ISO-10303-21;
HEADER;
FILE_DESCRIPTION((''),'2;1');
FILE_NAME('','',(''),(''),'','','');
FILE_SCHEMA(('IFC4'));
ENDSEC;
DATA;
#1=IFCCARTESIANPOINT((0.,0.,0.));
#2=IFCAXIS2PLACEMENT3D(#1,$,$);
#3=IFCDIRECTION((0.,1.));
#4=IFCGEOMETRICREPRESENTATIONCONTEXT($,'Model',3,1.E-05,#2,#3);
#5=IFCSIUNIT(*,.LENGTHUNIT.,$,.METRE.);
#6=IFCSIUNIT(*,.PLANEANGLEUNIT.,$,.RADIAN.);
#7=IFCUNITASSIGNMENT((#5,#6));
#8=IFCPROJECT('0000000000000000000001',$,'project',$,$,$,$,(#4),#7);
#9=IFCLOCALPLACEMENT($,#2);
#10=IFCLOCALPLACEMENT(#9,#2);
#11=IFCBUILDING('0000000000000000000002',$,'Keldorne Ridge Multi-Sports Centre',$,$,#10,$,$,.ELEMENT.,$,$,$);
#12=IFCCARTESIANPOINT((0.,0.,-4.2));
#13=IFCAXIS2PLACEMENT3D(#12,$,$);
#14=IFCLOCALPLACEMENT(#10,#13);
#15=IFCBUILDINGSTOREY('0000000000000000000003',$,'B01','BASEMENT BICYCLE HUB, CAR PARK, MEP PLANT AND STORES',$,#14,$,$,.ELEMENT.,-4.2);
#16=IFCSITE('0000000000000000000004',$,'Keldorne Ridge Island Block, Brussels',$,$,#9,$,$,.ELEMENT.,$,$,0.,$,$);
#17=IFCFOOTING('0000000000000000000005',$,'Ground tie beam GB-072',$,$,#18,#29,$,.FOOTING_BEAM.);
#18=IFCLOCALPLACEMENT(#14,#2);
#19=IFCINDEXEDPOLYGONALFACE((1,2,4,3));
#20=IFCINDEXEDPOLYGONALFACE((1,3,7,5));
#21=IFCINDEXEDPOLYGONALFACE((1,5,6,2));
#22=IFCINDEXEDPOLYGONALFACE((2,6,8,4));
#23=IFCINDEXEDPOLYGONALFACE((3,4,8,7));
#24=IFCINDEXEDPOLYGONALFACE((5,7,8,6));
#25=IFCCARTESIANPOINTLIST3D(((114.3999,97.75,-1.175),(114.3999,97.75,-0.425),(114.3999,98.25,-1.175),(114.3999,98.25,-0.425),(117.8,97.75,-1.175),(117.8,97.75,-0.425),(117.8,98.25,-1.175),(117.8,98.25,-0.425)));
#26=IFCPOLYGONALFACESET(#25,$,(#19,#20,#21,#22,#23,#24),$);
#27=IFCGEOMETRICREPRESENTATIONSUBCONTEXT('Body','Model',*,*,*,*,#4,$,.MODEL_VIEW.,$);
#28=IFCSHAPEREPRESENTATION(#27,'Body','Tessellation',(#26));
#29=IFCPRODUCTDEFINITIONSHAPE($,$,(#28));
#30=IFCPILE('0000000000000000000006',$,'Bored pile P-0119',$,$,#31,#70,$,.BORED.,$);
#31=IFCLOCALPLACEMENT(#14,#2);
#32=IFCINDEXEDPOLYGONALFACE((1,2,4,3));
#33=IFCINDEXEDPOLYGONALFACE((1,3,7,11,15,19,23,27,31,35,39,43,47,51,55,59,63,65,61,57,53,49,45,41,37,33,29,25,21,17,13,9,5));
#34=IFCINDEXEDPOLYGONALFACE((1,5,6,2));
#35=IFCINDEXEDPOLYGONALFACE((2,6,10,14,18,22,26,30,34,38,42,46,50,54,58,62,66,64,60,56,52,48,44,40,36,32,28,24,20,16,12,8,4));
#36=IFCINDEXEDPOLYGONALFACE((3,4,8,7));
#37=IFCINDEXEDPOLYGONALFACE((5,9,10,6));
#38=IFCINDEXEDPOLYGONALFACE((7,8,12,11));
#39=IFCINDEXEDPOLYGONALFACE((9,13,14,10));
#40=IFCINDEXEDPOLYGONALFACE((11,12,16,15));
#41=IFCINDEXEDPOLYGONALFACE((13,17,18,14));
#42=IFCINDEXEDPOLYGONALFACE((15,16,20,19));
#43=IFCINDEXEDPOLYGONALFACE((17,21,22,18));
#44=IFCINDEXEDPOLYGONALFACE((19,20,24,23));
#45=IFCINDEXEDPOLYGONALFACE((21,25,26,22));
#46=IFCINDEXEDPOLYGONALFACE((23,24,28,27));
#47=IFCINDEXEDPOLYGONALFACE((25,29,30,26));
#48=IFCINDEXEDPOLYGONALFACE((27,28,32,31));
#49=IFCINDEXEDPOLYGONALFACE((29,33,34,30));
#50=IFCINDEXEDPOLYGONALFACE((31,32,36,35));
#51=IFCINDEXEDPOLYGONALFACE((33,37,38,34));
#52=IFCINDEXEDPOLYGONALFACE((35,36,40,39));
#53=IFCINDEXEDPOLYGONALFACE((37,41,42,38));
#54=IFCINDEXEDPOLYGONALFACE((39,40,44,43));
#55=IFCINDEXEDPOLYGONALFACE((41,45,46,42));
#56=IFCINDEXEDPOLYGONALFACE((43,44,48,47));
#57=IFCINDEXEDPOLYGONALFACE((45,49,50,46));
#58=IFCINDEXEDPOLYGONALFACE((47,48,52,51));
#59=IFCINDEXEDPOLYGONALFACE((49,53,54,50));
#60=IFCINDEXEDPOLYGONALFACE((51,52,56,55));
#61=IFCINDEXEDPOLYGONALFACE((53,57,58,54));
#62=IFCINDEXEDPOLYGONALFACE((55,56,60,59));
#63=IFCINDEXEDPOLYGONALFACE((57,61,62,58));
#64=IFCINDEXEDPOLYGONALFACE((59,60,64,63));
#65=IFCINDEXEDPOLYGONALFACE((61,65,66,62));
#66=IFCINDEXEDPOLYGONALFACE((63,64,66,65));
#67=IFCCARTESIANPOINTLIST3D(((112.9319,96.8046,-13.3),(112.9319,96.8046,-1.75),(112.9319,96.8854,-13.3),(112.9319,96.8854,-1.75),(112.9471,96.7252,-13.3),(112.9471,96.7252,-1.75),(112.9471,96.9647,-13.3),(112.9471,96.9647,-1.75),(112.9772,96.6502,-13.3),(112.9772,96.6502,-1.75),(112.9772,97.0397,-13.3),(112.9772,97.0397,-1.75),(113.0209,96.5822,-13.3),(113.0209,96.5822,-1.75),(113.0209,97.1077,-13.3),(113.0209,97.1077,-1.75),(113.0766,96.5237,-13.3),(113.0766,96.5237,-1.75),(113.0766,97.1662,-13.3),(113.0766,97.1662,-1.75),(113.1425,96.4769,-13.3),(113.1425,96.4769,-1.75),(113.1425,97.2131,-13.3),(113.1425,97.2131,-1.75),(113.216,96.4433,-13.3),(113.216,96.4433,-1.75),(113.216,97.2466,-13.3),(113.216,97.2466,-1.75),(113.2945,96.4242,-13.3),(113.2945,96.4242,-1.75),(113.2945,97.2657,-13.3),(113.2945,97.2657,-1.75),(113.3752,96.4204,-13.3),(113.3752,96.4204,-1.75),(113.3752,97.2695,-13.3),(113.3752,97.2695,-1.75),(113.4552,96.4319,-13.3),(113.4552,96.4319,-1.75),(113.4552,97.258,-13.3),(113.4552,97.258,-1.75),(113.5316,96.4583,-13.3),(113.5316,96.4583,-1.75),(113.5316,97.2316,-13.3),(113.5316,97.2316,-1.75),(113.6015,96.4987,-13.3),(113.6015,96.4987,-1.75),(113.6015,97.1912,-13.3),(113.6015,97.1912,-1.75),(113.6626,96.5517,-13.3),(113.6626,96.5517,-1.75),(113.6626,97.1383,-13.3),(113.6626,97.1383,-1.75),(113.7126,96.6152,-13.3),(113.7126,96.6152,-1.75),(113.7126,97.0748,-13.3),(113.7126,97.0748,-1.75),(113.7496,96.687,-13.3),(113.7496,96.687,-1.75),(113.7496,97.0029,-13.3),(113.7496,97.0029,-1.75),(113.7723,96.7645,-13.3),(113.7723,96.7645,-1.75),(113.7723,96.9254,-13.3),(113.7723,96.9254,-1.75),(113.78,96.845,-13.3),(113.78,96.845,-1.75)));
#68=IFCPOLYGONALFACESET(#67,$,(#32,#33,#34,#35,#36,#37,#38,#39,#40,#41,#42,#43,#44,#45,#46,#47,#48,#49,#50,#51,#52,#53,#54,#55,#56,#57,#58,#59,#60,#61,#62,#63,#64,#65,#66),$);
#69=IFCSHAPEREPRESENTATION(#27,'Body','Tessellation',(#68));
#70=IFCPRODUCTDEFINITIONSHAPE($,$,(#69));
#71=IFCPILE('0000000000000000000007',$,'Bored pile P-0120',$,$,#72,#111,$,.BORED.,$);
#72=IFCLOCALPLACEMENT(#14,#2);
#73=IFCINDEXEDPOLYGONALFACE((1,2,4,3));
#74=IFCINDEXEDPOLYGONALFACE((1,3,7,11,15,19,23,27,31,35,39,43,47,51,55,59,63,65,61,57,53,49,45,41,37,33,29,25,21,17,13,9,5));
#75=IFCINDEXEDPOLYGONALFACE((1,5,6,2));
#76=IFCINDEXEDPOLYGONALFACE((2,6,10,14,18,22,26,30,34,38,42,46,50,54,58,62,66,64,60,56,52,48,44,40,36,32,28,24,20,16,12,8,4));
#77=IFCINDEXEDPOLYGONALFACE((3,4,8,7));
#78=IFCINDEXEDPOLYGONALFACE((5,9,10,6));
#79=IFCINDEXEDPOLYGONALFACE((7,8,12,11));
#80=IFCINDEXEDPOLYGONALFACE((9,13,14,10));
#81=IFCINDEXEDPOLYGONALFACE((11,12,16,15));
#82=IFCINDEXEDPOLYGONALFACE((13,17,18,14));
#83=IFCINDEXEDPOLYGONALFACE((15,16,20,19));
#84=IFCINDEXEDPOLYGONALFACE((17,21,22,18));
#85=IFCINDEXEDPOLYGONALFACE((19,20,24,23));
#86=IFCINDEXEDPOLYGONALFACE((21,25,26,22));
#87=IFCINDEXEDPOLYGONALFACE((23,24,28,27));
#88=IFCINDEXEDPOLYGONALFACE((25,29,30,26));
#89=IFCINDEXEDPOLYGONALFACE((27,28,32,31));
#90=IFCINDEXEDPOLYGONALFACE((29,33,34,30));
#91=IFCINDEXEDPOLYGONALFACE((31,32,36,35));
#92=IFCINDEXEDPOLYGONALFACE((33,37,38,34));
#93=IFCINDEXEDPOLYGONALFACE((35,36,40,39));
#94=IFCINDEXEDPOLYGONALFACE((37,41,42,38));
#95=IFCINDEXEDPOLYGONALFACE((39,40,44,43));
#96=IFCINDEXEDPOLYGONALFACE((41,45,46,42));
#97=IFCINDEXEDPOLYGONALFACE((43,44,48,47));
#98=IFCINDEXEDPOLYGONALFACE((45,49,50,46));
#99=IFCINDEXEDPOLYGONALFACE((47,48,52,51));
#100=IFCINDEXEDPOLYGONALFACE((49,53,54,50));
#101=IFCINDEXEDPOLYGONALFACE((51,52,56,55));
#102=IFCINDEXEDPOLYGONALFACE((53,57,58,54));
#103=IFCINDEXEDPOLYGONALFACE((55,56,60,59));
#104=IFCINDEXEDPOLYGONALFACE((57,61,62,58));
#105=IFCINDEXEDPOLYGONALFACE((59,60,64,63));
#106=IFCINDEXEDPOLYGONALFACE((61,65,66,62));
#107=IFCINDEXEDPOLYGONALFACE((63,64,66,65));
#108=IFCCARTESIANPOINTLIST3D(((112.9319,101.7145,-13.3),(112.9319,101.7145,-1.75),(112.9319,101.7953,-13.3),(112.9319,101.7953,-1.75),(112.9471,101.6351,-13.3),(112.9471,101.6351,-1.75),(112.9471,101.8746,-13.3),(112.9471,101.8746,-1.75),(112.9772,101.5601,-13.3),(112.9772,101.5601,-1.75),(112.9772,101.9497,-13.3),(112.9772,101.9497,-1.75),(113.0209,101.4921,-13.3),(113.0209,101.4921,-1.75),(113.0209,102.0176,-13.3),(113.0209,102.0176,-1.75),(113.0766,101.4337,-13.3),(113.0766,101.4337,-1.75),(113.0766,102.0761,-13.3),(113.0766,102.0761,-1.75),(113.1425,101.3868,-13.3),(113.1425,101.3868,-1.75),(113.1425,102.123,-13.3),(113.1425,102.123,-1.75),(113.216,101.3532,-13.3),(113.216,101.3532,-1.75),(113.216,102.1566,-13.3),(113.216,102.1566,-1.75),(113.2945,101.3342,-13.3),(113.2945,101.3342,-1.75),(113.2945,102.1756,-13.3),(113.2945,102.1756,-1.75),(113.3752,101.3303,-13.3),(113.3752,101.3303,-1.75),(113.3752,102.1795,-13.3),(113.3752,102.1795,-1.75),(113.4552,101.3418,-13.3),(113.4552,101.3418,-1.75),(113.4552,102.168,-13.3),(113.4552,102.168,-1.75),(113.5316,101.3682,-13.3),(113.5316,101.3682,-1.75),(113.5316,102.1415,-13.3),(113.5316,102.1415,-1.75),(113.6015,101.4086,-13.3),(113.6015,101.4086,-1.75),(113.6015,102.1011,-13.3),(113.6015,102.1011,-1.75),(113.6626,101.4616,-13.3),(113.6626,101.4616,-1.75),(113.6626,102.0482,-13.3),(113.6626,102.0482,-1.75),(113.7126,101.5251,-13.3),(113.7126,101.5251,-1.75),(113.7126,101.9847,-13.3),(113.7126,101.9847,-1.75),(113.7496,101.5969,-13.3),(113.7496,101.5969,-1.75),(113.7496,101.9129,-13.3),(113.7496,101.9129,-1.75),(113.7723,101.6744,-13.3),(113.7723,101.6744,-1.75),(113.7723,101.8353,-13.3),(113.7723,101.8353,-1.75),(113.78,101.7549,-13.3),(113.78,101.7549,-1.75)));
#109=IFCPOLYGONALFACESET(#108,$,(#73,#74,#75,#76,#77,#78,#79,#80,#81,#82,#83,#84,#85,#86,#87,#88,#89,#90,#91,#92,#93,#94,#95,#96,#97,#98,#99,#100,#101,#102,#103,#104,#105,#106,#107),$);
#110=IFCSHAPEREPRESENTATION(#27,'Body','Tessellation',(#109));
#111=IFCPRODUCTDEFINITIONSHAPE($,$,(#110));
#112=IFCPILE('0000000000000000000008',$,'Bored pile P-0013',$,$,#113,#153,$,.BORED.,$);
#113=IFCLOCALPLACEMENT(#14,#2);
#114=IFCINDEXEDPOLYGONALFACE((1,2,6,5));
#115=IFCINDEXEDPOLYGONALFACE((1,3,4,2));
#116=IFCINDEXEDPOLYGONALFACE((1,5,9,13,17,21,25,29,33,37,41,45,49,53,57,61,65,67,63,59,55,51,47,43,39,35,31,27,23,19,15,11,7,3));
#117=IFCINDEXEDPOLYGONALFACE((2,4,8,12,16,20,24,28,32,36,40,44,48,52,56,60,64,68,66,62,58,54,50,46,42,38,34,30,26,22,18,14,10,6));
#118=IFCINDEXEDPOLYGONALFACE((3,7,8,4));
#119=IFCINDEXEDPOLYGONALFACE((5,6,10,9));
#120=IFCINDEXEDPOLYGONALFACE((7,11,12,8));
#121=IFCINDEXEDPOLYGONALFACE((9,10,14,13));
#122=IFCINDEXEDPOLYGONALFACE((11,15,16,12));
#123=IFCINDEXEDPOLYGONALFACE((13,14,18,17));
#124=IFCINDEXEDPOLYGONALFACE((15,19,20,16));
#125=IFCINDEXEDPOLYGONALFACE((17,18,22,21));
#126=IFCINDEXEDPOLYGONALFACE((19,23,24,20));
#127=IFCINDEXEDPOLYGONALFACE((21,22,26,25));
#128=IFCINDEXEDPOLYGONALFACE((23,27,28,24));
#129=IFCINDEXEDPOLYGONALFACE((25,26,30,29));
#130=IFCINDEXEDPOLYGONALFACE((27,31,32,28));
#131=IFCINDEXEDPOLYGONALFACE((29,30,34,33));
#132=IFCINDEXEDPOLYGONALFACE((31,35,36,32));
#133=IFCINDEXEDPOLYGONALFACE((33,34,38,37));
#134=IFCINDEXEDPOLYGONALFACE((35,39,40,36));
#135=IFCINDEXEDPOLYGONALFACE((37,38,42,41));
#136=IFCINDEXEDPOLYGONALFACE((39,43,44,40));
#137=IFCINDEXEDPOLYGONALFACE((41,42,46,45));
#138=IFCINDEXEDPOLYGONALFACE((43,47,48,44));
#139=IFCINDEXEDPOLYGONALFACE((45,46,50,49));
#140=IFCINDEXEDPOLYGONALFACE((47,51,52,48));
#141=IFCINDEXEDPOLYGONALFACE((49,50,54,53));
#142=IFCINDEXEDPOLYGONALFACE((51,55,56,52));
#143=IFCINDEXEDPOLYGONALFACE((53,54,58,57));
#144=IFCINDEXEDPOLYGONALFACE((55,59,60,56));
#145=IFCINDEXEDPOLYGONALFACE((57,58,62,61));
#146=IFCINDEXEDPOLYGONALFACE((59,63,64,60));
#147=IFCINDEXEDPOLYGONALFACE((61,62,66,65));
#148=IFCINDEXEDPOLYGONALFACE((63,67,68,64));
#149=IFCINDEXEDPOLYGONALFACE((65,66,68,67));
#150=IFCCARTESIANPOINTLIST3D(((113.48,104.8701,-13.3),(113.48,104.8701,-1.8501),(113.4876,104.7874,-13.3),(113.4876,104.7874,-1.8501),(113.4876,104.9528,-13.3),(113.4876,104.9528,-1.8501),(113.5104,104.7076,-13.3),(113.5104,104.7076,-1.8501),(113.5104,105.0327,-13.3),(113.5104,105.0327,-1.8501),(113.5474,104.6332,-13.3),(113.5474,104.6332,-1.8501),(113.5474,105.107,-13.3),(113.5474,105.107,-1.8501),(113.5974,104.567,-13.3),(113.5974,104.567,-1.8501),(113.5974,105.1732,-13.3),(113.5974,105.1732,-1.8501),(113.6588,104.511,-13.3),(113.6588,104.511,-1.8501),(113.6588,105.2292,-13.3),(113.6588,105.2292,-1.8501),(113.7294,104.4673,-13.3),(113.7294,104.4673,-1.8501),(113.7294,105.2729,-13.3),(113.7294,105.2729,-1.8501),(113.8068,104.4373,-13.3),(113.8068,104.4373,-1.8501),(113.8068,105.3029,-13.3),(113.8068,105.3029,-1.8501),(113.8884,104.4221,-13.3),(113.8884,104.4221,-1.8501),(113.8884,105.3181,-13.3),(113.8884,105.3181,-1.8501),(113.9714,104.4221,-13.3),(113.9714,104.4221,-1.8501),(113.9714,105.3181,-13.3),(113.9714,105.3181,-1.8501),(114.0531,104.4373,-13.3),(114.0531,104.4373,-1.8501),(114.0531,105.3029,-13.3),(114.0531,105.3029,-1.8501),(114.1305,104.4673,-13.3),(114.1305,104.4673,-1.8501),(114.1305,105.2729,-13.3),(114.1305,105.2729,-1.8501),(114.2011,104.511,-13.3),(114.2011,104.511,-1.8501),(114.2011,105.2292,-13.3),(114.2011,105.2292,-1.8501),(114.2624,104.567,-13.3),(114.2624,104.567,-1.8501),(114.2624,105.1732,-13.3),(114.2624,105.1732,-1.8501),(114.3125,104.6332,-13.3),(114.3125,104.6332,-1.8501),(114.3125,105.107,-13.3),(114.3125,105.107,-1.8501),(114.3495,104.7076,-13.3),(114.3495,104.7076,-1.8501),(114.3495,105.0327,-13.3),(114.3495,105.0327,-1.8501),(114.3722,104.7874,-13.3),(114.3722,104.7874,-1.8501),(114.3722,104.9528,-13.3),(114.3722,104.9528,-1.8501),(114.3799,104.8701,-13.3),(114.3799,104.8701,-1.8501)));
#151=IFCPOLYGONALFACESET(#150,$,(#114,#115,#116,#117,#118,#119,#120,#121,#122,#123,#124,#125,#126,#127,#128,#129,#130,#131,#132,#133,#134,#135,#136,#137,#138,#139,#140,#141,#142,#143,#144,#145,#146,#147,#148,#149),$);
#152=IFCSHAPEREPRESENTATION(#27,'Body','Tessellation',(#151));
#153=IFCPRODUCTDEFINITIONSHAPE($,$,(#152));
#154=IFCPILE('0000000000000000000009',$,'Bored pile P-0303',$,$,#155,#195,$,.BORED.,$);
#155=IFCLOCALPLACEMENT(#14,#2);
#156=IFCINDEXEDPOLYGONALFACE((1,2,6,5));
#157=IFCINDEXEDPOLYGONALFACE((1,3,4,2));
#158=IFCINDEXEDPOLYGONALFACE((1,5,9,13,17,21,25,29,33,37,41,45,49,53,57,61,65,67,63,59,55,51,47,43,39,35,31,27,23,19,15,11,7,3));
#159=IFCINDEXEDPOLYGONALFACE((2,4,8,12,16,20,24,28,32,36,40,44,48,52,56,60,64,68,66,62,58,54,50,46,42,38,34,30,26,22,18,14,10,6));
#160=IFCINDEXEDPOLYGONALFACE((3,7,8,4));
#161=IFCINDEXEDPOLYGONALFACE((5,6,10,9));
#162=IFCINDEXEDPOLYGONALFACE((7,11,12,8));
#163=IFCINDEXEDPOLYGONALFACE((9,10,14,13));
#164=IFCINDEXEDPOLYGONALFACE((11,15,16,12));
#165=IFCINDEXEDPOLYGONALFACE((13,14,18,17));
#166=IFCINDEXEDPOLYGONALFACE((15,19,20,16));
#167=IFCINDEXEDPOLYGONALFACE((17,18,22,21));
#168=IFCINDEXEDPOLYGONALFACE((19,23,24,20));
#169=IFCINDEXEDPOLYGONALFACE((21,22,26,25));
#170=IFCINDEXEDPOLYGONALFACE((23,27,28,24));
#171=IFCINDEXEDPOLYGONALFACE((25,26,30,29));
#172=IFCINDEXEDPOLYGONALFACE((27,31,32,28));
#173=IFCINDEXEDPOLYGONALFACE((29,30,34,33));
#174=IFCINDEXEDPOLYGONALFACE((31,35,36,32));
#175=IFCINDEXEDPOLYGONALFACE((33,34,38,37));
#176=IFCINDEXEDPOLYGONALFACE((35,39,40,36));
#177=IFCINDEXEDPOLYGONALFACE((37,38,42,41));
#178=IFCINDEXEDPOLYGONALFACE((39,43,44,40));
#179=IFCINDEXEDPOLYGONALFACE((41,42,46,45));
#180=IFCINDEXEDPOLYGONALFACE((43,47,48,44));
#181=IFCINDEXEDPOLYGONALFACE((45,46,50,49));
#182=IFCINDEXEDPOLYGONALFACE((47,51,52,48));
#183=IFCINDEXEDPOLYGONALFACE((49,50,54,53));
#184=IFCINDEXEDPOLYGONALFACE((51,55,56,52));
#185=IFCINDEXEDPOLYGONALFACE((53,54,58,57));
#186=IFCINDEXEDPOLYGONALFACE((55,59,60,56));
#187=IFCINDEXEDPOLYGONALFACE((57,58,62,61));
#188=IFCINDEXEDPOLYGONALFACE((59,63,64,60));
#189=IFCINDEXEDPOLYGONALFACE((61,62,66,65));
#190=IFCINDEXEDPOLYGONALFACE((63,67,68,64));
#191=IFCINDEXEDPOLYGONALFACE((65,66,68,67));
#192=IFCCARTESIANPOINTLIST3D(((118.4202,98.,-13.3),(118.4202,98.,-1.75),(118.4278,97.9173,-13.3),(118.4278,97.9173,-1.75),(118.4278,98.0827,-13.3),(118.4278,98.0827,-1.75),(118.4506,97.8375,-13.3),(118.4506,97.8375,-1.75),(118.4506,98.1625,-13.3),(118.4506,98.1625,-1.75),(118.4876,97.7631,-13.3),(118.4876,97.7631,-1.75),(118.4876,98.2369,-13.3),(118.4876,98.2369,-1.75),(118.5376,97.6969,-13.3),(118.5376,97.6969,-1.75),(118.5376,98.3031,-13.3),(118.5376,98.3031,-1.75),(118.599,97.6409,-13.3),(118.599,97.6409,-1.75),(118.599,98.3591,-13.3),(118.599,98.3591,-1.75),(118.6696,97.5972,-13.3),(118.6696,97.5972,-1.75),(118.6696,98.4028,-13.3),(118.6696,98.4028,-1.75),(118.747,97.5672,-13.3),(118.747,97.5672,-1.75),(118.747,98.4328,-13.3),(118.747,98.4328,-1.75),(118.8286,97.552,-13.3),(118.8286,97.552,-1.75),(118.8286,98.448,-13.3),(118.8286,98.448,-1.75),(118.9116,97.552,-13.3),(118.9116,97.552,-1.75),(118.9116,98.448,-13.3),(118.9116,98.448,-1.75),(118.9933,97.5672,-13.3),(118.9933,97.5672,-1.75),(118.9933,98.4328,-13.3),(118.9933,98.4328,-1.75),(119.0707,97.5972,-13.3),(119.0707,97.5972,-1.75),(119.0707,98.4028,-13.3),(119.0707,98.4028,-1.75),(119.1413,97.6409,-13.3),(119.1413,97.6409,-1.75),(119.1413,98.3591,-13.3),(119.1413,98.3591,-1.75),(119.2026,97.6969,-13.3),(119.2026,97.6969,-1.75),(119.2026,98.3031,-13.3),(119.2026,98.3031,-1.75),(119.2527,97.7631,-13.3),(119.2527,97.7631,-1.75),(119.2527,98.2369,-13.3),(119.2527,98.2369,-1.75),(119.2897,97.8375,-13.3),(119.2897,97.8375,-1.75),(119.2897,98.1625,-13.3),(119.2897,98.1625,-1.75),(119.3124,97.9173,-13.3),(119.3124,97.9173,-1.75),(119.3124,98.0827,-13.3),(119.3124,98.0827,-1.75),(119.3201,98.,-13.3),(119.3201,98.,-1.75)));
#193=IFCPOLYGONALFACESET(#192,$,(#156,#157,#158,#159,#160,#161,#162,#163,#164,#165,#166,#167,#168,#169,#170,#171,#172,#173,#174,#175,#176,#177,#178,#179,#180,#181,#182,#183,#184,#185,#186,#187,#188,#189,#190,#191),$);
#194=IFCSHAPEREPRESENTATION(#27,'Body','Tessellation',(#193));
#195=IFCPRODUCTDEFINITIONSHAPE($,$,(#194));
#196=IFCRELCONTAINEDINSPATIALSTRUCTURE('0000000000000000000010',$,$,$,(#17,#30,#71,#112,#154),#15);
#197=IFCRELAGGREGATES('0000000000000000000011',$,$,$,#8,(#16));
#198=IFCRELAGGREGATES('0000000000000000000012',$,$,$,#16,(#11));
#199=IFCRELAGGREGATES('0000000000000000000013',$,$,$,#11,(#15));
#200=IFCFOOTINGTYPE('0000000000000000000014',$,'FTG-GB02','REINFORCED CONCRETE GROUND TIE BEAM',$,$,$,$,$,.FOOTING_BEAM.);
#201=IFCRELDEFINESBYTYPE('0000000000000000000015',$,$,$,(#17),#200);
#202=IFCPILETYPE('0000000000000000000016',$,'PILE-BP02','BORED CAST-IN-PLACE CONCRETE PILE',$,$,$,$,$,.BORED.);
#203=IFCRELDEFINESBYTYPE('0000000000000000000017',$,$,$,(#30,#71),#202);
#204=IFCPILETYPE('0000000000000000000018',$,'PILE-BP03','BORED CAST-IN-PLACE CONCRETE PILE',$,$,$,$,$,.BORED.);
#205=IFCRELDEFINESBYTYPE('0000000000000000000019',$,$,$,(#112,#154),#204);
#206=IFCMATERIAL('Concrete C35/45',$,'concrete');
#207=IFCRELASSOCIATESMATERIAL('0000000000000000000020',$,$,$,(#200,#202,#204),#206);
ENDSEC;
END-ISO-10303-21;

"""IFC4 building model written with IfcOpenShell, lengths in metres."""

from ifc_helpers import new_model, si_unit, direction, frame, origin, origin_2d, place, context, subcontext, project, spatial, rectangle, circle, extrude, material, material_profile, profile_set, type_object, element, save


model = new_model("IFC4")

# Units and contexts
model_context = context("Model", 3, precision=1e-05, world=origin(), true_north=direction((0.0, 1.0)))
body_context = subcontext(model_context, "Body", "Model", "MODEL_VIEW")
ifc_project = project(units=[si_unit("LENGTHUNIT", "METRE"), si_unit("PLANEANGLEUNIT", "RADIAN")], contexts=[model_context])

# Site, building, storey
site_placement = place(None, origin())
site = spatial("IfcSite", under=ifc_project, at=site_placement, Name="Keldorne Ridge Island Block, Brussels", CompositionType="ELEMENT", RefElevation=0.0)
building_placement = place(site_placement, origin())
building = spatial("IfcBuilding", under=site, at=building_placement, Name="Keldorne Ridge Multi-Sports Centre", CompositionType="ELEMENT")
storey_placement = place(building_placement, frame((0.0, 0.0, -4.2)))
storey = spatial("IfcBuildingStorey", under=building, at=storey_placement, Name="B01", Description="BASEMENT BICYCLE HUB, CAR PARK, MEP PLANT AND STORES", CompositionType="ELEMENT", Elevation=-4.2)

# Footing
ifc_material_1 = material(Name="Concrete C35/45", Category="concrete")
ifc_material_profile_1 = material_profile(ifc_material_1, rectangle(XDim=0.5, YDim=0.75, at=origin_2d()), Name="GB 500x750")
ifc_profile_set_1 = profile_set([ifc_material_profile_1], Name="Concrete C35/45")
footing_type = type_object("IfcFootingType", Name="FTG-GB02", Description="REINFORCED CONCRETE GROUND TIE BEAM", PredefinedType="FOOTING_BEAM", material=ifc_profile_set_1)
footing_placement = place(storey_placement, frame((114.3999, 98.0, -0.8), z_axis=(1.0, 0.0, 0.0), x_axis=(0.0, 1.0, 0.0)))
element("IfcFooting", 1, at=footing_placement, inside=storey, type_object=footing_type, Name="Ground tie beam GB-072", PredefinedType="FOOTING_BEAM", context=body_context, shape_type="SweptSolid", body=[
    extrude(rectangle(XDim=0.5, YDim=0.75, at=origin_2d()), origin(), (0.0, 0.0, 1.0), 3.4001),
])

# Piles
ifc_material_profile_2 = material_profile(ifc_material_1, circle(Radius=0.425, at=origin_2d()), Name="BORED PILE D850")
ifc_profile_set_2 = profile_set([ifc_material_profile_2], Name="Concrete C35/45")
pile_type_1 = type_object("IfcPileType", Name="PILE-BP02", Description="BORED CAST-IN-PLACE CONCRETE PILE", PredefinedType="BORED", material=ifc_profile_set_2)
for number, where, z_axis, x_axis, name in (
    (2, (113.355, 96.845, -1.75), (0.0, 0.0, -1.0), (1.0, 0.0, 0.0), "Bored pile P-0119"),
    (3, (113.355, 101.7549, -1.75), (0.0, 0.0, -1.0), (1.0, 0.0, 0.0), "Bored pile P-0120"),
):
    element("IfcPile", number, at=place(storey_placement, frame(where, z_axis=z_axis, x_axis=x_axis)), inside=storey, type_object=pile_type_1, Name=name, PredefinedType="BORED", context=body_context, shape_type="SweptSolid", body=[
        extrude(circle(Radius=0.425, at=origin_2d()), origin(), (0.0, 0.0, 1.0), 11.55),
    ])
ifc_material_profile_3 = material_profile(ifc_material_1, circle(Radius=0.45, at=origin_2d()), Name="BORED PILE D900")
ifc_profile_set_3 = profile_set([ifc_material_profile_3], Name="Concrete C35/45")
pile_type_2 = type_object("IfcPileType", Name="PILE-BP03", Description="BORED CAST-IN-PLACE CONCRETE PILE", PredefinedType="BORED", material=ifc_profile_set_3)
pile_placement = place(storey_placement, frame((113.9299, 104.8701, -1.8501), z_axis=(0.0, 0.0, -1.0), x_axis=(1.0, 0.0, 0.0)))
element("IfcPile", 4, at=pile_placement, inside=storey, type_object=pile_type_2, Name="Bored pile P-0013", PredefinedType="BORED", context=body_context, shape_type="SweptSolid", body=[
    extrude(circle(Radius=0.45, at=origin_2d()), origin(), (0.0, 0.0, 1.0), 11.45),
])
for number, where, z_axis, x_axis, name in (
    (5, (118.8701, 98.0, -1.75), (0.0, 0.0, -1.0), (1.0, 0.0, 0.0), "Bored pile P-0303"),
):
    element("IfcPile", number, at=place(storey_placement, frame(where, z_axis=z_axis, x_axis=x_axis)), inside=storey, type_object=pile_type_2, Name=name, PredefinedType="BORED", context=body_context, shape_type="SweptSolid", body=[
        extrude(circle(Radius=0.45, at=origin_2d()), origin(), (0.0, 0.0, 1.0), 11.55),
    ])

save(model, "model.ifc")
